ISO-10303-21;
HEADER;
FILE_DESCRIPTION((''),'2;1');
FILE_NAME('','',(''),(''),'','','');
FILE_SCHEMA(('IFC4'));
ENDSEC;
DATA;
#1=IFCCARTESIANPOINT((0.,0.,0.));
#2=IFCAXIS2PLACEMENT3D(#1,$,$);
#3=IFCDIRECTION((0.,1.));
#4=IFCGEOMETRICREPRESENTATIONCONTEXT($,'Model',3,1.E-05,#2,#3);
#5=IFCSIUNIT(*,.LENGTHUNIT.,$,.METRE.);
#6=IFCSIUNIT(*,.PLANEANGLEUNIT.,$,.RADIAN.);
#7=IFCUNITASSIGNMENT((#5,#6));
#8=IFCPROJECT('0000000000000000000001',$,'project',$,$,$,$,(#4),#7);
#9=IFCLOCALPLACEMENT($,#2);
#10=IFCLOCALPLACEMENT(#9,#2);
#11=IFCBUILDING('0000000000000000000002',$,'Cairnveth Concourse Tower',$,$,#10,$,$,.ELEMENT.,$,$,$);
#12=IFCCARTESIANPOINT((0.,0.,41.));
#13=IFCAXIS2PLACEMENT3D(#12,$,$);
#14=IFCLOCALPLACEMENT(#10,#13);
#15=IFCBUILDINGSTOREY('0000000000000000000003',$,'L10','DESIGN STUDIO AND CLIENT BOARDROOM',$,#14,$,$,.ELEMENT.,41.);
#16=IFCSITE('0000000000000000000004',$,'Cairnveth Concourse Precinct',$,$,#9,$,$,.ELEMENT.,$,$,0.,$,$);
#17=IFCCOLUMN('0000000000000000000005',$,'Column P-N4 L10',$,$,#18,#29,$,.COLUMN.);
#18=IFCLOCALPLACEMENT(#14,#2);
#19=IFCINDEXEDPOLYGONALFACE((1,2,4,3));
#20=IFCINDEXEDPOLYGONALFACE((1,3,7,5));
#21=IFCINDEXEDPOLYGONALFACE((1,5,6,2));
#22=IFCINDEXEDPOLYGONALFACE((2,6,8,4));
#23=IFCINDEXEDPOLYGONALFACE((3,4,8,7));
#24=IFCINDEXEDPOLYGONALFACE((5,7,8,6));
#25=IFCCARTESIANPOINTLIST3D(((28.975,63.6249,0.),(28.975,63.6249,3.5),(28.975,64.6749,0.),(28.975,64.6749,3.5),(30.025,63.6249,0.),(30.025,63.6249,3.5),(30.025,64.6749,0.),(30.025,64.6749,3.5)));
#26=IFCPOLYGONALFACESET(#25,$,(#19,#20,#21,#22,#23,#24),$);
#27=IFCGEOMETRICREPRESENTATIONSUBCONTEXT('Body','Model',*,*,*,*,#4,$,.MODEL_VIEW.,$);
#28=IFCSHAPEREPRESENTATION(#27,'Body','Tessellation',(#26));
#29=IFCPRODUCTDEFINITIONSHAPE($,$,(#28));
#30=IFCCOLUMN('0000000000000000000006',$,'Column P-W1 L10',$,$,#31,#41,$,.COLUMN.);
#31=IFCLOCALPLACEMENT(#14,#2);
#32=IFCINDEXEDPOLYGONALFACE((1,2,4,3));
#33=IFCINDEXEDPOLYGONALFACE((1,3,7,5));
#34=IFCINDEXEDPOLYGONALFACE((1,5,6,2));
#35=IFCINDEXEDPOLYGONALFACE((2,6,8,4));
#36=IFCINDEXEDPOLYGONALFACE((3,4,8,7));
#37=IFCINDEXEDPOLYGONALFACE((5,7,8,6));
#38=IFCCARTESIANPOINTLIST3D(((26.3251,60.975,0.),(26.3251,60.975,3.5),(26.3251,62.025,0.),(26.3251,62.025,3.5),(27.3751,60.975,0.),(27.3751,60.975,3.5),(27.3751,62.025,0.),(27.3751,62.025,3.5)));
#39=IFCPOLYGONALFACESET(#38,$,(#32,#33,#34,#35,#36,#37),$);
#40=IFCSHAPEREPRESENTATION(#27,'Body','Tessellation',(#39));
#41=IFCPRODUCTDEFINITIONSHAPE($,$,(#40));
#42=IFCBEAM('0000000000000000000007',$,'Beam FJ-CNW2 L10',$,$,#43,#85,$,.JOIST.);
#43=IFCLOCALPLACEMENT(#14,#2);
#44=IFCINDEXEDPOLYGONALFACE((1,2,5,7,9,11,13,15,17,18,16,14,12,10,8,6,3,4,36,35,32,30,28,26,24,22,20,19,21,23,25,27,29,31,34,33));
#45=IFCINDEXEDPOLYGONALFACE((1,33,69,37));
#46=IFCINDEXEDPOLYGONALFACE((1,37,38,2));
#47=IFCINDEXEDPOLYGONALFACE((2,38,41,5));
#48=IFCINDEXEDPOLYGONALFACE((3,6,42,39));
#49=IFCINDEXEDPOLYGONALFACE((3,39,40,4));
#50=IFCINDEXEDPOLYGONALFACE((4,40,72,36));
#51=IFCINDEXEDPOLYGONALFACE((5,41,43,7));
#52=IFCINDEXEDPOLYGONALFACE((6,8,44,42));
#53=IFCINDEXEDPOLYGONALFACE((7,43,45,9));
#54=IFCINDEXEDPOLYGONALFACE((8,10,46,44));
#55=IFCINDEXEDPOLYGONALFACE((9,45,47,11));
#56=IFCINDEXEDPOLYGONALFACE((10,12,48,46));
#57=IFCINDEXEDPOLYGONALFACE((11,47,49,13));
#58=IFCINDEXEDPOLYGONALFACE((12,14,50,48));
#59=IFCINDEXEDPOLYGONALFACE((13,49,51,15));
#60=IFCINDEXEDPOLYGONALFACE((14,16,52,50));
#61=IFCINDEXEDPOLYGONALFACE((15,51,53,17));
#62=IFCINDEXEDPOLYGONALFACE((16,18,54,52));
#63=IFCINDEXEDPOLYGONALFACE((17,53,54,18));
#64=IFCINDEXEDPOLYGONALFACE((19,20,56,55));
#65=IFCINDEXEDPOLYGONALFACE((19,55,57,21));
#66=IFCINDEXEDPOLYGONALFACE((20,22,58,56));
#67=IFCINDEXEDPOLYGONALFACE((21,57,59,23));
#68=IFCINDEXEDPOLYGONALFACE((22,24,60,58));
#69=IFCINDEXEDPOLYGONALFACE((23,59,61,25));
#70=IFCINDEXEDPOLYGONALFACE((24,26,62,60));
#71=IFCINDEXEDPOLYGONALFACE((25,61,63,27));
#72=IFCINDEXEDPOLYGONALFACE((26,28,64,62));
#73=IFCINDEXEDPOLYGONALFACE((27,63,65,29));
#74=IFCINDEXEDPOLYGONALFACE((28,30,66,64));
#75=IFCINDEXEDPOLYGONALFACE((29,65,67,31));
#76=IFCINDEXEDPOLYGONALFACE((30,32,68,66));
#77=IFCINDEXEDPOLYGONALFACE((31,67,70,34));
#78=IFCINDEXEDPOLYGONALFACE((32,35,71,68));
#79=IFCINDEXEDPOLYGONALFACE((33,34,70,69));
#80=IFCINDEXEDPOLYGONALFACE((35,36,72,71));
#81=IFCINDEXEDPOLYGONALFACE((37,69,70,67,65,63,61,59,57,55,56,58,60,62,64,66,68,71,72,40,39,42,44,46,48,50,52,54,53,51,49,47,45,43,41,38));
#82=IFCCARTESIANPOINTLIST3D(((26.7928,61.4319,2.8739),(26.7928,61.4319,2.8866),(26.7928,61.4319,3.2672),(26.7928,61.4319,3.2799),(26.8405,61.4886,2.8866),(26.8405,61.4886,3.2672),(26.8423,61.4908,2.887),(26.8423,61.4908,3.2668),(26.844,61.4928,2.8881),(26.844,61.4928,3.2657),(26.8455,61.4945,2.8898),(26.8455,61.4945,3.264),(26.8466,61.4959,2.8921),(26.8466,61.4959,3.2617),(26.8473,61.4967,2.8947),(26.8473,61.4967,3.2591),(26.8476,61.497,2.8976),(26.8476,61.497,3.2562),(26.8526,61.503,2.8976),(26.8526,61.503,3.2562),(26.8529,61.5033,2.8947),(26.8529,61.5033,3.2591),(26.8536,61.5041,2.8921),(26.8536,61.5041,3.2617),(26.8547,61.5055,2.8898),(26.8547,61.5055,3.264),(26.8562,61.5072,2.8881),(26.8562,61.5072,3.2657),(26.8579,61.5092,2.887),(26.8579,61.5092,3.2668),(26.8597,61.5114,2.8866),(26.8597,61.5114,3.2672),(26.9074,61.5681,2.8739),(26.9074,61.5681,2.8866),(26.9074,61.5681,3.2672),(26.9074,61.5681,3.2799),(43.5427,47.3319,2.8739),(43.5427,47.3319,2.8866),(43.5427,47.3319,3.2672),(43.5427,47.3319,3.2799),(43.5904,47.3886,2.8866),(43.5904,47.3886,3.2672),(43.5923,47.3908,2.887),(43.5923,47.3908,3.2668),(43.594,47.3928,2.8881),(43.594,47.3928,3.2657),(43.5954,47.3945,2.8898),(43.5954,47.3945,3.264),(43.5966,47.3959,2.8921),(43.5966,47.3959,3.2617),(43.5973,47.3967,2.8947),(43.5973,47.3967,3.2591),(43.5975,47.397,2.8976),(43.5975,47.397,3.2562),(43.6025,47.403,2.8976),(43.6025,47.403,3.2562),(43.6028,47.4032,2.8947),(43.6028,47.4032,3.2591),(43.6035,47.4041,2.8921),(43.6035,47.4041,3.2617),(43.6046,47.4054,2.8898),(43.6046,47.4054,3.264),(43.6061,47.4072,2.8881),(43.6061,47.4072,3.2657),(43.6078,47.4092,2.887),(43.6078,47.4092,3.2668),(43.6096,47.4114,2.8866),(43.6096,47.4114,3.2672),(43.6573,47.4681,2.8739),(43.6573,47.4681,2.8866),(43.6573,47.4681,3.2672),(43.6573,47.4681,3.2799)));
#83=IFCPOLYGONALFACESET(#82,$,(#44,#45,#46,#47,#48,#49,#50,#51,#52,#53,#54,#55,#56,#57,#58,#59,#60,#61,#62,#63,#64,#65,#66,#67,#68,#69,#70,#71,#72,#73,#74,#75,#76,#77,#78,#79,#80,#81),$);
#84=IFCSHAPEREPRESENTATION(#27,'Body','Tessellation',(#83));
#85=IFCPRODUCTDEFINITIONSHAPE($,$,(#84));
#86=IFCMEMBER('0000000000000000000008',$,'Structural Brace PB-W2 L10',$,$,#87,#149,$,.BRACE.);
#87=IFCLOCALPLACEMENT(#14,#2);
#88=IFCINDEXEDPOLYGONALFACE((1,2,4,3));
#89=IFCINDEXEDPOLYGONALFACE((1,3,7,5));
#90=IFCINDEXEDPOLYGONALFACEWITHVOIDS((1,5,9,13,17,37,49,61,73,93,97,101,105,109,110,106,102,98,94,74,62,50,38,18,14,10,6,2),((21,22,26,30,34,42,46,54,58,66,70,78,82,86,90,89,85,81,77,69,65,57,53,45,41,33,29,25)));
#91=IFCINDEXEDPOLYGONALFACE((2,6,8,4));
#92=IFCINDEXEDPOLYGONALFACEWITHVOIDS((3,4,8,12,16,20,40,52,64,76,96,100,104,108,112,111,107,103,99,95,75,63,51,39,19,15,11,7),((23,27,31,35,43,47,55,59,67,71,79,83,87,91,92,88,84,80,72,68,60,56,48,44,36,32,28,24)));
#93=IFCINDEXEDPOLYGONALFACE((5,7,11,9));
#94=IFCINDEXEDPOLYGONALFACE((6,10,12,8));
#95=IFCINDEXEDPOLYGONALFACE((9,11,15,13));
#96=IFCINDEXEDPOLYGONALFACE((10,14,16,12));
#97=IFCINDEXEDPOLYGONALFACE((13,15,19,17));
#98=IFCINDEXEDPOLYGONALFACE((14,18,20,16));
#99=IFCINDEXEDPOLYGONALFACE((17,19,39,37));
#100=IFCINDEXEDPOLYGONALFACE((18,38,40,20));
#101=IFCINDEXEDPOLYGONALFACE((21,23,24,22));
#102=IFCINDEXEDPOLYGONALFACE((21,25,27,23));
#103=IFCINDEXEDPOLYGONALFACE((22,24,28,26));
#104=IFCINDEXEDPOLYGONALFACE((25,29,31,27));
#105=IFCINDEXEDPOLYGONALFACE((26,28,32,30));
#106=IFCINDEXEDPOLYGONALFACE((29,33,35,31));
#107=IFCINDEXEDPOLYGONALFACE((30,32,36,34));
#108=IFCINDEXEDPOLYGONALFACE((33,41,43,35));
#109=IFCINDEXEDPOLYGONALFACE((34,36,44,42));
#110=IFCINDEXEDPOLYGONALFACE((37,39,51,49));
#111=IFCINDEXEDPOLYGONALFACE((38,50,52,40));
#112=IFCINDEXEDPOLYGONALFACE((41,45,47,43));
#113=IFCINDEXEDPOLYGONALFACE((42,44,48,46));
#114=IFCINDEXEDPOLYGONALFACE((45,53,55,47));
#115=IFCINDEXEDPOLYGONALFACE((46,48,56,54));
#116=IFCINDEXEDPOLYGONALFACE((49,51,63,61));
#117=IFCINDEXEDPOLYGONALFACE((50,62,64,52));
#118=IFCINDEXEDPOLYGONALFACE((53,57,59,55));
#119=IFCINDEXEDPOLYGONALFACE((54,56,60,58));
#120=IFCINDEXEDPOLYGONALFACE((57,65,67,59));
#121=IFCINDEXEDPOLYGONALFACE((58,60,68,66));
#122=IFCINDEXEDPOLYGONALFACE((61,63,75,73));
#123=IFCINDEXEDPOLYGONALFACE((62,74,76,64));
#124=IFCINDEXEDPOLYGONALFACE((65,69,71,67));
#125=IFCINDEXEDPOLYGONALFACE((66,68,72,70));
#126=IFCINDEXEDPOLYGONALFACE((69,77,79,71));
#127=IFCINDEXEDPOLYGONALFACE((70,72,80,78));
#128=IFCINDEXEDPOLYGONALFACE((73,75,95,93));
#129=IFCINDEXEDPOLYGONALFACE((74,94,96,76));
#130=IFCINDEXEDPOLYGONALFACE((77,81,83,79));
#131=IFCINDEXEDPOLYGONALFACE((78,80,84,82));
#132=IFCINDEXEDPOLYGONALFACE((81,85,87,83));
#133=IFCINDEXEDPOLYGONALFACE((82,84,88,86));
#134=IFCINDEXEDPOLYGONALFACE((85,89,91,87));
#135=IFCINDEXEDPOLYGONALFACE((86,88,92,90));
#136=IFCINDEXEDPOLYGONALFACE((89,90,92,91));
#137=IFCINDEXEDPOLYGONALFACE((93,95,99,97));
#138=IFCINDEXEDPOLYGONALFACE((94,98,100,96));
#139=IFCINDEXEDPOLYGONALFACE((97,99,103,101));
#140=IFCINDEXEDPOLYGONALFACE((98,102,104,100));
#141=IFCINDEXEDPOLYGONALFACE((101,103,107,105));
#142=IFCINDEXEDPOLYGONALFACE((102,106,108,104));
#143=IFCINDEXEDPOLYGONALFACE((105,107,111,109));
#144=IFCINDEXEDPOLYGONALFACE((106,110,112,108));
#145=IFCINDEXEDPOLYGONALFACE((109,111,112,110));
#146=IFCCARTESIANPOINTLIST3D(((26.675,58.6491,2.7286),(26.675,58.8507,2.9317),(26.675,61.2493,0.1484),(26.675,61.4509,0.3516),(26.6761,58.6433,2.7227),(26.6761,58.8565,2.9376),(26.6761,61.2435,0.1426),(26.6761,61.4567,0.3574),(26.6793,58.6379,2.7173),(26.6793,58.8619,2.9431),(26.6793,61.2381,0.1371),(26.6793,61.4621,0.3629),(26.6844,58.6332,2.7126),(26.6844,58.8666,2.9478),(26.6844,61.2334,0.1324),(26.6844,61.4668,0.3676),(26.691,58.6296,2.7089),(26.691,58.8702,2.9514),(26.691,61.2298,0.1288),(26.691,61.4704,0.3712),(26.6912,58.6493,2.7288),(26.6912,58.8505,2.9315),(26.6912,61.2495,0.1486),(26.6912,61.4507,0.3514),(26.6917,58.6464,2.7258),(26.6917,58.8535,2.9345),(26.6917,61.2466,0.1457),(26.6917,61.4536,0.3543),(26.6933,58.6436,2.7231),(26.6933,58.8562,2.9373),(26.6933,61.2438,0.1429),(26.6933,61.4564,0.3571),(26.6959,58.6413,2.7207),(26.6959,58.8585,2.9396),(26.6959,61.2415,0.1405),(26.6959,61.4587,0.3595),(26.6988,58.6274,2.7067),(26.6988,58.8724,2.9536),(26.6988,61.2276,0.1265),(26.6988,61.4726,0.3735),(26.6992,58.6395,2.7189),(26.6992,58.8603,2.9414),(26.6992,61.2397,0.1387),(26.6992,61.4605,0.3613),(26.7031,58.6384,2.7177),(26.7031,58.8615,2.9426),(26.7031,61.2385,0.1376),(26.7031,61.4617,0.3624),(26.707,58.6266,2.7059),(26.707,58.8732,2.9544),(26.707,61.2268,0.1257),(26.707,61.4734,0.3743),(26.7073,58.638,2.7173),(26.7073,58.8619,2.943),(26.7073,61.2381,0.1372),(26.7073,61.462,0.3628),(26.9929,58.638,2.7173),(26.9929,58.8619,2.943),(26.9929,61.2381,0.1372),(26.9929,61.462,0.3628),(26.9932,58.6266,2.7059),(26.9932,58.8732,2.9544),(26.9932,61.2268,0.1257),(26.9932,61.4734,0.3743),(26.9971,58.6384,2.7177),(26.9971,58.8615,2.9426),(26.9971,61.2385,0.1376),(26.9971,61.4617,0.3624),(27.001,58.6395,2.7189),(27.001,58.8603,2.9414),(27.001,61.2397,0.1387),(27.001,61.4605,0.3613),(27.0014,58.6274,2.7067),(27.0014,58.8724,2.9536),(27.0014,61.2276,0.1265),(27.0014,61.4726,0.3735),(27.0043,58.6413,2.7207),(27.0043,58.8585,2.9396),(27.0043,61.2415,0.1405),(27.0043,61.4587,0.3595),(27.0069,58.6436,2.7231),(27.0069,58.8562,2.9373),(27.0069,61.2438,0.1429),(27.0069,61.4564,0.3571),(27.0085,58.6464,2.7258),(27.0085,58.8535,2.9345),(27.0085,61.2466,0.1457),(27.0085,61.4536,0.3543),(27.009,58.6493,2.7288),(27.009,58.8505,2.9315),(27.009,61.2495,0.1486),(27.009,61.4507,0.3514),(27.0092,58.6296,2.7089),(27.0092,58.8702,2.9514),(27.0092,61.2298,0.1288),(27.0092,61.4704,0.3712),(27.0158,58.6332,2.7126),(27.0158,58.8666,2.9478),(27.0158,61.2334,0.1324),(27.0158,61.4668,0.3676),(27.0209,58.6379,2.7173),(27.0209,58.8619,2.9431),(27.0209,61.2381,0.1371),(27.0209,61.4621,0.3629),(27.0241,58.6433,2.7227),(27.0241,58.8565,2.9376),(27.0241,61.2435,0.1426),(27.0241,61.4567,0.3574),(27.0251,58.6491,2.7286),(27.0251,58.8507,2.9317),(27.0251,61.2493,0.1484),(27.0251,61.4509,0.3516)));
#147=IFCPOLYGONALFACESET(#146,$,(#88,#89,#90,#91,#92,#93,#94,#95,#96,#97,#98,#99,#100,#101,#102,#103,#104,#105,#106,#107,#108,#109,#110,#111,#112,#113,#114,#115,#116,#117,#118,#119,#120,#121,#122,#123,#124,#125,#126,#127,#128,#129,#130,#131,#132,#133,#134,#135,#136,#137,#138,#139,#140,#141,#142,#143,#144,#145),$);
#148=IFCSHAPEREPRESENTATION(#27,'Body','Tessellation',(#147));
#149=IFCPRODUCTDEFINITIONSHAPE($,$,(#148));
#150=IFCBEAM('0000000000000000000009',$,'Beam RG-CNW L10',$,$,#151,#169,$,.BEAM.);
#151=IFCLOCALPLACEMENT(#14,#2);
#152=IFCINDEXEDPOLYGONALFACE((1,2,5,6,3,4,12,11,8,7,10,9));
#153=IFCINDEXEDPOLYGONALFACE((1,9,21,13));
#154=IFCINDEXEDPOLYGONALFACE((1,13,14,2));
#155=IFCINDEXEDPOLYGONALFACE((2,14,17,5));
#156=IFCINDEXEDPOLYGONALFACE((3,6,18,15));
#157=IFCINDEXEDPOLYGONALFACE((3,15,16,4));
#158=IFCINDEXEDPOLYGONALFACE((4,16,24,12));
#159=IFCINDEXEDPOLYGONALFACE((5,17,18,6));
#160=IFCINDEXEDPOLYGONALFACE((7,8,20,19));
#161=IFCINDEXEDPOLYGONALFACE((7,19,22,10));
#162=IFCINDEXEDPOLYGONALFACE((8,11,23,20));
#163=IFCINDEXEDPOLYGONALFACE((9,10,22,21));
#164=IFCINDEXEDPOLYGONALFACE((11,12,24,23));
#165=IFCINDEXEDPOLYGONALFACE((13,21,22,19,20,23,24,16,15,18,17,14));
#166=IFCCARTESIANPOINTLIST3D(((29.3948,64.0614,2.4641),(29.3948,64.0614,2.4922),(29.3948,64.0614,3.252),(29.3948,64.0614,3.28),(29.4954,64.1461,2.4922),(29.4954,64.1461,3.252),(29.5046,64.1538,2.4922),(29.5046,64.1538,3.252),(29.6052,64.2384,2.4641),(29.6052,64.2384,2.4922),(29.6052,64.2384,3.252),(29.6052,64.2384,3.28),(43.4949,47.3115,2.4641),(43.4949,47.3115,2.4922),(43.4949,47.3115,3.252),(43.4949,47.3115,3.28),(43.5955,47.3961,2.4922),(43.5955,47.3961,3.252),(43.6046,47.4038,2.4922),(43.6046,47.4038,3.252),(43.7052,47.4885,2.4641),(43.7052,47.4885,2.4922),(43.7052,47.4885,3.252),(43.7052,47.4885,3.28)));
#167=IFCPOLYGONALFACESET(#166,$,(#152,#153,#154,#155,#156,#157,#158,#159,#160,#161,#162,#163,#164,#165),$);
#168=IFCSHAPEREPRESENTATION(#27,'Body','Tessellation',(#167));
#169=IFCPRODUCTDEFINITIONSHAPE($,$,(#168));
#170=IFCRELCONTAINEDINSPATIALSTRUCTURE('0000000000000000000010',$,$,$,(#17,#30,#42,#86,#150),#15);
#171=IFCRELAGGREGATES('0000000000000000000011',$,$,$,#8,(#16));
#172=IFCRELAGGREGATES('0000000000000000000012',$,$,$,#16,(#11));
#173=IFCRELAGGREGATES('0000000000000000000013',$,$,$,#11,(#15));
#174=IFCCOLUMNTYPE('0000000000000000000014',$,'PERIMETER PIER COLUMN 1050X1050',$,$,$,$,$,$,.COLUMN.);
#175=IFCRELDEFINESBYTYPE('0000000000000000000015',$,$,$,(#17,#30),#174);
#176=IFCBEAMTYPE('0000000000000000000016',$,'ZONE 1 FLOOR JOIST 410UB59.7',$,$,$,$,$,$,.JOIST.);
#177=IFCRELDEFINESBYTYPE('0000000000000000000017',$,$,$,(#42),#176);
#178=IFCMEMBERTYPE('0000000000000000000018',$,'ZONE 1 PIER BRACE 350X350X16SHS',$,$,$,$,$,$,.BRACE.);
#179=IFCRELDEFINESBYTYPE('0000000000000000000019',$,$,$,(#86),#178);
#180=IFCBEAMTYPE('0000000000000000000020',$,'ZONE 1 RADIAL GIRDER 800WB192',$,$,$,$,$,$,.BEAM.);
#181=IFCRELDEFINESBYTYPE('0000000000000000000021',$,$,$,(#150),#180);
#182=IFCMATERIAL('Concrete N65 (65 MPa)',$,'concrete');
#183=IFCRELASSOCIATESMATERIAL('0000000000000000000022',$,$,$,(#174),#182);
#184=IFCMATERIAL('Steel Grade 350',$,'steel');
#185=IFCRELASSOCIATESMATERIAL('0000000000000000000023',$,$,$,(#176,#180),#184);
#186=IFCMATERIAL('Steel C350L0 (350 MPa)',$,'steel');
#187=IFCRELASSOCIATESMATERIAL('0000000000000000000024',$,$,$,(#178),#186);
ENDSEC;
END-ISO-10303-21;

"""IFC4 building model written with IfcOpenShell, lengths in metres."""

from ifc_helpers import new_model, si_unit, direction, frame, origin, origin_2d, place, context, subcontext, project, spatial, rectangle, hollow_rectangle, i_section, extrude, material, material_profile, profile_set, type_object, element, save


model = new_model("IFC4")

# Units and contexts
model_context = context("Model", 3, precision=1e-05, world=origin(), true_north=direction((0.0, 1.0)))
body_context = subcontext(model_context, "Body", "Model", "MODEL_VIEW")
ifc_project = project(units=[si_unit("LENGTHUNIT", "METRE"), si_unit("PLANEANGLEUNIT", "RADIAN")], contexts=[model_context])

# Site, building, storey
site_placement = place(None, origin())
site = spatial("IfcSite", under=ifc_project, at=site_placement, Name="Cairnveth Concourse Precinct", CompositionType="ELEMENT", RefElevation=0.0)
building_placement = place(site_placement, origin())
building = spatial("IfcBuilding", under=site, at=building_placement, Name="Cairnveth Concourse Tower", CompositionType="ELEMENT")
storey_placement = place(building_placement, frame((0.0, 0.0, 41.0)))
storey = spatial("IfcBuildingStorey", under=building, at=storey_placement, Name="L10", Description="DESIGN STUDIO AND CLIENT BOARDROOM", CompositionType="ELEMENT", Elevation=41.0)

# Columns
ifc_material_1 = material(Name="Concrete N65 (65 MPa)", Category="concrete")
ifc_material_profile_1 = material_profile(ifc_material_1, rectangle(XDim=1.05, YDim=1.05, at=origin_2d()), Name="RC-COL-1050x1050")
ifc_profile_set_1 = profile_set([ifc_material_profile_1], Name="Concrete N65 (65 MPa)")
column_type = type_object("IfcColumnType", Name="PERIMETER PIER COLUMN 1050X1050", PredefinedType="COLUMN", material=ifc_profile_set_1)
for number, where, z_axis, x_axis, name in (
    (1, (29.5, 64.1499, 0.0), (0.0, 0.0, 1.0), (1.0, 0.0, 0.0), "Column P-N4 L10"),
    (2, (26.8501, 61.5, 0.0), (0.0, 0.0, 1.0), (0.0, 1.0, 0.0), "Column P-W1 L10"),
):
    element("IfcColumn", number, at=place(storey_placement, frame(where, z_axis=z_axis, x_axis=x_axis)), inside=storey, type_object=column_type, Name=name, PredefinedType="COLUMN", context=body_context, shape_type="SweptSolid", body=[
        extrude(rectangle(XDim=1.05, YDim=1.05, at=origin_2d()), origin(), (0.0, 0.0, 1.0), 3.5),
    ])

# Beam
ifc_material_2 = material(Name="Steel Grade 350", Category="steel")
ifc_material_profile_2 = material_profile(ifc_material_2, i_section(OverallWidth=0.178, OverallDepth=0.406, WebThickness=0.0078, FlangeThickness=0.0127, FilletRadius=0.011, at=origin_2d()), Name="410UB59.7")
ifc_profile_set_2 = profile_set([ifc_material_profile_2], Name="Steel Grade 350")
beam_type_1 = type_object("IfcBeamType", Name="ZONE 1 FLOOR JOIST 410UB59.7", PredefinedType="JOIST", material=ifc_profile_set_2)
beam_1_placement = place(storey_placement, frame((26.8501, 61.5, 3.0769), z_axis=(0.765027, -0.643998, 0.0), x_axis=(0.643998, 0.765027, 0.0)))
element("IfcBeam", 3, at=beam_1_placement, inside=storey, type_object=beam_type_1, Name="Beam FJ-CNW2 L10", PredefinedType="JOIST", context=body_context, shape_type="SweptSolid", body=[
    extrude(i_section(OverallWidth=0.178, OverallDepth=0.406, WebThickness=0.0078, FlangeThickness=0.0127, FilletRadius=0.011, at=origin_2d()), origin(), (0.0, 0.0, 1.0), 21.8945),
])

# Member
ifc_material_3 = material(Name="Steel C350L0 (350 MPa)", Category="steel")
ifc_material_profile_3 = material_profile(ifc_material_3, hollow_rectangle(XDim=0.3501, YDim=0.3501, WallThickness=0.0161, InnerFilletRadius=0.0161, OuterFilletRadius=0.032, at=origin_2d()), Name="350x350x16.0SHS")
ifc_profile_set_3 = profile_set([ifc_material_profile_3], Name="Steel C350L0 (350 MPa)")
member_type = type_object("IfcMemberType", Name="ZONE 1 PIER BRACE 350X350X16SHS", PredefinedType="BRACE", material=ifc_profile_set_3)
member_placement = place(storey_placement, frame((26.8501, 61.3501, 0.25), z_axis=(0.0, -0.709834, 0.704369), x_axis=(1.0, 0.0, 0.0)))
element("IfcMember", 4, at=member_placement, inside=storey, type_object=member_type, Name="Structural Brace PB-W2 L10", PredefinedType="BRACE", context=body_context, shape_type="SweptSolid", body=[
    extrude(hollow_rectangle(XDim=0.3501, YDim=0.3501, WallThickness=0.0161, InnerFilletRadius=0.0161, OuterFilletRadius=0.032, at=origin_2d()), origin(), (0.0, 0.0, 1.0), 3.6631),
])

# Beam
ifc_material_profile_4 = material_profile(ifc_material_2, i_section(OverallWidth=0.2749, OverallDepth=0.8159, WebThickness=0.012, FlangeThickness=0.0281, at=origin_2d()), Name="800WB192")
ifc_profile_set_4 = profile_set([ifc_material_profile_4], Name="Steel Grade 350")
beam_type_2 = type_object("IfcBeamType", Name="ZONE 1 RADIAL GIRDER 800WB192", PredefinedType="BEAM", material=ifc_profile_set_4)
beam_2_placement = place(storey_placement, frame((29.5, 64.1499, 2.8721), z_axis=(0.643998, -0.765027, 0.0), x_axis=(0.765027, 0.643998, 0.0)))
element("IfcBeam", 5, at=beam_2_placement, inside=storey, type_object=beam_type_2, Name="Beam RG-CNW L10", PredefinedType="BEAM", context=body_context, shape_type="SweptSolid", body=[
    extrude(i_section(OverallWidth=0.2749, OverallDepth=0.8159, WebThickness=0.012, FlangeThickness=0.0281, at=origin_2d()), origin(), (0.0, 0.0, 1.0), 21.8945),
])

save(model, "model.ifc")
